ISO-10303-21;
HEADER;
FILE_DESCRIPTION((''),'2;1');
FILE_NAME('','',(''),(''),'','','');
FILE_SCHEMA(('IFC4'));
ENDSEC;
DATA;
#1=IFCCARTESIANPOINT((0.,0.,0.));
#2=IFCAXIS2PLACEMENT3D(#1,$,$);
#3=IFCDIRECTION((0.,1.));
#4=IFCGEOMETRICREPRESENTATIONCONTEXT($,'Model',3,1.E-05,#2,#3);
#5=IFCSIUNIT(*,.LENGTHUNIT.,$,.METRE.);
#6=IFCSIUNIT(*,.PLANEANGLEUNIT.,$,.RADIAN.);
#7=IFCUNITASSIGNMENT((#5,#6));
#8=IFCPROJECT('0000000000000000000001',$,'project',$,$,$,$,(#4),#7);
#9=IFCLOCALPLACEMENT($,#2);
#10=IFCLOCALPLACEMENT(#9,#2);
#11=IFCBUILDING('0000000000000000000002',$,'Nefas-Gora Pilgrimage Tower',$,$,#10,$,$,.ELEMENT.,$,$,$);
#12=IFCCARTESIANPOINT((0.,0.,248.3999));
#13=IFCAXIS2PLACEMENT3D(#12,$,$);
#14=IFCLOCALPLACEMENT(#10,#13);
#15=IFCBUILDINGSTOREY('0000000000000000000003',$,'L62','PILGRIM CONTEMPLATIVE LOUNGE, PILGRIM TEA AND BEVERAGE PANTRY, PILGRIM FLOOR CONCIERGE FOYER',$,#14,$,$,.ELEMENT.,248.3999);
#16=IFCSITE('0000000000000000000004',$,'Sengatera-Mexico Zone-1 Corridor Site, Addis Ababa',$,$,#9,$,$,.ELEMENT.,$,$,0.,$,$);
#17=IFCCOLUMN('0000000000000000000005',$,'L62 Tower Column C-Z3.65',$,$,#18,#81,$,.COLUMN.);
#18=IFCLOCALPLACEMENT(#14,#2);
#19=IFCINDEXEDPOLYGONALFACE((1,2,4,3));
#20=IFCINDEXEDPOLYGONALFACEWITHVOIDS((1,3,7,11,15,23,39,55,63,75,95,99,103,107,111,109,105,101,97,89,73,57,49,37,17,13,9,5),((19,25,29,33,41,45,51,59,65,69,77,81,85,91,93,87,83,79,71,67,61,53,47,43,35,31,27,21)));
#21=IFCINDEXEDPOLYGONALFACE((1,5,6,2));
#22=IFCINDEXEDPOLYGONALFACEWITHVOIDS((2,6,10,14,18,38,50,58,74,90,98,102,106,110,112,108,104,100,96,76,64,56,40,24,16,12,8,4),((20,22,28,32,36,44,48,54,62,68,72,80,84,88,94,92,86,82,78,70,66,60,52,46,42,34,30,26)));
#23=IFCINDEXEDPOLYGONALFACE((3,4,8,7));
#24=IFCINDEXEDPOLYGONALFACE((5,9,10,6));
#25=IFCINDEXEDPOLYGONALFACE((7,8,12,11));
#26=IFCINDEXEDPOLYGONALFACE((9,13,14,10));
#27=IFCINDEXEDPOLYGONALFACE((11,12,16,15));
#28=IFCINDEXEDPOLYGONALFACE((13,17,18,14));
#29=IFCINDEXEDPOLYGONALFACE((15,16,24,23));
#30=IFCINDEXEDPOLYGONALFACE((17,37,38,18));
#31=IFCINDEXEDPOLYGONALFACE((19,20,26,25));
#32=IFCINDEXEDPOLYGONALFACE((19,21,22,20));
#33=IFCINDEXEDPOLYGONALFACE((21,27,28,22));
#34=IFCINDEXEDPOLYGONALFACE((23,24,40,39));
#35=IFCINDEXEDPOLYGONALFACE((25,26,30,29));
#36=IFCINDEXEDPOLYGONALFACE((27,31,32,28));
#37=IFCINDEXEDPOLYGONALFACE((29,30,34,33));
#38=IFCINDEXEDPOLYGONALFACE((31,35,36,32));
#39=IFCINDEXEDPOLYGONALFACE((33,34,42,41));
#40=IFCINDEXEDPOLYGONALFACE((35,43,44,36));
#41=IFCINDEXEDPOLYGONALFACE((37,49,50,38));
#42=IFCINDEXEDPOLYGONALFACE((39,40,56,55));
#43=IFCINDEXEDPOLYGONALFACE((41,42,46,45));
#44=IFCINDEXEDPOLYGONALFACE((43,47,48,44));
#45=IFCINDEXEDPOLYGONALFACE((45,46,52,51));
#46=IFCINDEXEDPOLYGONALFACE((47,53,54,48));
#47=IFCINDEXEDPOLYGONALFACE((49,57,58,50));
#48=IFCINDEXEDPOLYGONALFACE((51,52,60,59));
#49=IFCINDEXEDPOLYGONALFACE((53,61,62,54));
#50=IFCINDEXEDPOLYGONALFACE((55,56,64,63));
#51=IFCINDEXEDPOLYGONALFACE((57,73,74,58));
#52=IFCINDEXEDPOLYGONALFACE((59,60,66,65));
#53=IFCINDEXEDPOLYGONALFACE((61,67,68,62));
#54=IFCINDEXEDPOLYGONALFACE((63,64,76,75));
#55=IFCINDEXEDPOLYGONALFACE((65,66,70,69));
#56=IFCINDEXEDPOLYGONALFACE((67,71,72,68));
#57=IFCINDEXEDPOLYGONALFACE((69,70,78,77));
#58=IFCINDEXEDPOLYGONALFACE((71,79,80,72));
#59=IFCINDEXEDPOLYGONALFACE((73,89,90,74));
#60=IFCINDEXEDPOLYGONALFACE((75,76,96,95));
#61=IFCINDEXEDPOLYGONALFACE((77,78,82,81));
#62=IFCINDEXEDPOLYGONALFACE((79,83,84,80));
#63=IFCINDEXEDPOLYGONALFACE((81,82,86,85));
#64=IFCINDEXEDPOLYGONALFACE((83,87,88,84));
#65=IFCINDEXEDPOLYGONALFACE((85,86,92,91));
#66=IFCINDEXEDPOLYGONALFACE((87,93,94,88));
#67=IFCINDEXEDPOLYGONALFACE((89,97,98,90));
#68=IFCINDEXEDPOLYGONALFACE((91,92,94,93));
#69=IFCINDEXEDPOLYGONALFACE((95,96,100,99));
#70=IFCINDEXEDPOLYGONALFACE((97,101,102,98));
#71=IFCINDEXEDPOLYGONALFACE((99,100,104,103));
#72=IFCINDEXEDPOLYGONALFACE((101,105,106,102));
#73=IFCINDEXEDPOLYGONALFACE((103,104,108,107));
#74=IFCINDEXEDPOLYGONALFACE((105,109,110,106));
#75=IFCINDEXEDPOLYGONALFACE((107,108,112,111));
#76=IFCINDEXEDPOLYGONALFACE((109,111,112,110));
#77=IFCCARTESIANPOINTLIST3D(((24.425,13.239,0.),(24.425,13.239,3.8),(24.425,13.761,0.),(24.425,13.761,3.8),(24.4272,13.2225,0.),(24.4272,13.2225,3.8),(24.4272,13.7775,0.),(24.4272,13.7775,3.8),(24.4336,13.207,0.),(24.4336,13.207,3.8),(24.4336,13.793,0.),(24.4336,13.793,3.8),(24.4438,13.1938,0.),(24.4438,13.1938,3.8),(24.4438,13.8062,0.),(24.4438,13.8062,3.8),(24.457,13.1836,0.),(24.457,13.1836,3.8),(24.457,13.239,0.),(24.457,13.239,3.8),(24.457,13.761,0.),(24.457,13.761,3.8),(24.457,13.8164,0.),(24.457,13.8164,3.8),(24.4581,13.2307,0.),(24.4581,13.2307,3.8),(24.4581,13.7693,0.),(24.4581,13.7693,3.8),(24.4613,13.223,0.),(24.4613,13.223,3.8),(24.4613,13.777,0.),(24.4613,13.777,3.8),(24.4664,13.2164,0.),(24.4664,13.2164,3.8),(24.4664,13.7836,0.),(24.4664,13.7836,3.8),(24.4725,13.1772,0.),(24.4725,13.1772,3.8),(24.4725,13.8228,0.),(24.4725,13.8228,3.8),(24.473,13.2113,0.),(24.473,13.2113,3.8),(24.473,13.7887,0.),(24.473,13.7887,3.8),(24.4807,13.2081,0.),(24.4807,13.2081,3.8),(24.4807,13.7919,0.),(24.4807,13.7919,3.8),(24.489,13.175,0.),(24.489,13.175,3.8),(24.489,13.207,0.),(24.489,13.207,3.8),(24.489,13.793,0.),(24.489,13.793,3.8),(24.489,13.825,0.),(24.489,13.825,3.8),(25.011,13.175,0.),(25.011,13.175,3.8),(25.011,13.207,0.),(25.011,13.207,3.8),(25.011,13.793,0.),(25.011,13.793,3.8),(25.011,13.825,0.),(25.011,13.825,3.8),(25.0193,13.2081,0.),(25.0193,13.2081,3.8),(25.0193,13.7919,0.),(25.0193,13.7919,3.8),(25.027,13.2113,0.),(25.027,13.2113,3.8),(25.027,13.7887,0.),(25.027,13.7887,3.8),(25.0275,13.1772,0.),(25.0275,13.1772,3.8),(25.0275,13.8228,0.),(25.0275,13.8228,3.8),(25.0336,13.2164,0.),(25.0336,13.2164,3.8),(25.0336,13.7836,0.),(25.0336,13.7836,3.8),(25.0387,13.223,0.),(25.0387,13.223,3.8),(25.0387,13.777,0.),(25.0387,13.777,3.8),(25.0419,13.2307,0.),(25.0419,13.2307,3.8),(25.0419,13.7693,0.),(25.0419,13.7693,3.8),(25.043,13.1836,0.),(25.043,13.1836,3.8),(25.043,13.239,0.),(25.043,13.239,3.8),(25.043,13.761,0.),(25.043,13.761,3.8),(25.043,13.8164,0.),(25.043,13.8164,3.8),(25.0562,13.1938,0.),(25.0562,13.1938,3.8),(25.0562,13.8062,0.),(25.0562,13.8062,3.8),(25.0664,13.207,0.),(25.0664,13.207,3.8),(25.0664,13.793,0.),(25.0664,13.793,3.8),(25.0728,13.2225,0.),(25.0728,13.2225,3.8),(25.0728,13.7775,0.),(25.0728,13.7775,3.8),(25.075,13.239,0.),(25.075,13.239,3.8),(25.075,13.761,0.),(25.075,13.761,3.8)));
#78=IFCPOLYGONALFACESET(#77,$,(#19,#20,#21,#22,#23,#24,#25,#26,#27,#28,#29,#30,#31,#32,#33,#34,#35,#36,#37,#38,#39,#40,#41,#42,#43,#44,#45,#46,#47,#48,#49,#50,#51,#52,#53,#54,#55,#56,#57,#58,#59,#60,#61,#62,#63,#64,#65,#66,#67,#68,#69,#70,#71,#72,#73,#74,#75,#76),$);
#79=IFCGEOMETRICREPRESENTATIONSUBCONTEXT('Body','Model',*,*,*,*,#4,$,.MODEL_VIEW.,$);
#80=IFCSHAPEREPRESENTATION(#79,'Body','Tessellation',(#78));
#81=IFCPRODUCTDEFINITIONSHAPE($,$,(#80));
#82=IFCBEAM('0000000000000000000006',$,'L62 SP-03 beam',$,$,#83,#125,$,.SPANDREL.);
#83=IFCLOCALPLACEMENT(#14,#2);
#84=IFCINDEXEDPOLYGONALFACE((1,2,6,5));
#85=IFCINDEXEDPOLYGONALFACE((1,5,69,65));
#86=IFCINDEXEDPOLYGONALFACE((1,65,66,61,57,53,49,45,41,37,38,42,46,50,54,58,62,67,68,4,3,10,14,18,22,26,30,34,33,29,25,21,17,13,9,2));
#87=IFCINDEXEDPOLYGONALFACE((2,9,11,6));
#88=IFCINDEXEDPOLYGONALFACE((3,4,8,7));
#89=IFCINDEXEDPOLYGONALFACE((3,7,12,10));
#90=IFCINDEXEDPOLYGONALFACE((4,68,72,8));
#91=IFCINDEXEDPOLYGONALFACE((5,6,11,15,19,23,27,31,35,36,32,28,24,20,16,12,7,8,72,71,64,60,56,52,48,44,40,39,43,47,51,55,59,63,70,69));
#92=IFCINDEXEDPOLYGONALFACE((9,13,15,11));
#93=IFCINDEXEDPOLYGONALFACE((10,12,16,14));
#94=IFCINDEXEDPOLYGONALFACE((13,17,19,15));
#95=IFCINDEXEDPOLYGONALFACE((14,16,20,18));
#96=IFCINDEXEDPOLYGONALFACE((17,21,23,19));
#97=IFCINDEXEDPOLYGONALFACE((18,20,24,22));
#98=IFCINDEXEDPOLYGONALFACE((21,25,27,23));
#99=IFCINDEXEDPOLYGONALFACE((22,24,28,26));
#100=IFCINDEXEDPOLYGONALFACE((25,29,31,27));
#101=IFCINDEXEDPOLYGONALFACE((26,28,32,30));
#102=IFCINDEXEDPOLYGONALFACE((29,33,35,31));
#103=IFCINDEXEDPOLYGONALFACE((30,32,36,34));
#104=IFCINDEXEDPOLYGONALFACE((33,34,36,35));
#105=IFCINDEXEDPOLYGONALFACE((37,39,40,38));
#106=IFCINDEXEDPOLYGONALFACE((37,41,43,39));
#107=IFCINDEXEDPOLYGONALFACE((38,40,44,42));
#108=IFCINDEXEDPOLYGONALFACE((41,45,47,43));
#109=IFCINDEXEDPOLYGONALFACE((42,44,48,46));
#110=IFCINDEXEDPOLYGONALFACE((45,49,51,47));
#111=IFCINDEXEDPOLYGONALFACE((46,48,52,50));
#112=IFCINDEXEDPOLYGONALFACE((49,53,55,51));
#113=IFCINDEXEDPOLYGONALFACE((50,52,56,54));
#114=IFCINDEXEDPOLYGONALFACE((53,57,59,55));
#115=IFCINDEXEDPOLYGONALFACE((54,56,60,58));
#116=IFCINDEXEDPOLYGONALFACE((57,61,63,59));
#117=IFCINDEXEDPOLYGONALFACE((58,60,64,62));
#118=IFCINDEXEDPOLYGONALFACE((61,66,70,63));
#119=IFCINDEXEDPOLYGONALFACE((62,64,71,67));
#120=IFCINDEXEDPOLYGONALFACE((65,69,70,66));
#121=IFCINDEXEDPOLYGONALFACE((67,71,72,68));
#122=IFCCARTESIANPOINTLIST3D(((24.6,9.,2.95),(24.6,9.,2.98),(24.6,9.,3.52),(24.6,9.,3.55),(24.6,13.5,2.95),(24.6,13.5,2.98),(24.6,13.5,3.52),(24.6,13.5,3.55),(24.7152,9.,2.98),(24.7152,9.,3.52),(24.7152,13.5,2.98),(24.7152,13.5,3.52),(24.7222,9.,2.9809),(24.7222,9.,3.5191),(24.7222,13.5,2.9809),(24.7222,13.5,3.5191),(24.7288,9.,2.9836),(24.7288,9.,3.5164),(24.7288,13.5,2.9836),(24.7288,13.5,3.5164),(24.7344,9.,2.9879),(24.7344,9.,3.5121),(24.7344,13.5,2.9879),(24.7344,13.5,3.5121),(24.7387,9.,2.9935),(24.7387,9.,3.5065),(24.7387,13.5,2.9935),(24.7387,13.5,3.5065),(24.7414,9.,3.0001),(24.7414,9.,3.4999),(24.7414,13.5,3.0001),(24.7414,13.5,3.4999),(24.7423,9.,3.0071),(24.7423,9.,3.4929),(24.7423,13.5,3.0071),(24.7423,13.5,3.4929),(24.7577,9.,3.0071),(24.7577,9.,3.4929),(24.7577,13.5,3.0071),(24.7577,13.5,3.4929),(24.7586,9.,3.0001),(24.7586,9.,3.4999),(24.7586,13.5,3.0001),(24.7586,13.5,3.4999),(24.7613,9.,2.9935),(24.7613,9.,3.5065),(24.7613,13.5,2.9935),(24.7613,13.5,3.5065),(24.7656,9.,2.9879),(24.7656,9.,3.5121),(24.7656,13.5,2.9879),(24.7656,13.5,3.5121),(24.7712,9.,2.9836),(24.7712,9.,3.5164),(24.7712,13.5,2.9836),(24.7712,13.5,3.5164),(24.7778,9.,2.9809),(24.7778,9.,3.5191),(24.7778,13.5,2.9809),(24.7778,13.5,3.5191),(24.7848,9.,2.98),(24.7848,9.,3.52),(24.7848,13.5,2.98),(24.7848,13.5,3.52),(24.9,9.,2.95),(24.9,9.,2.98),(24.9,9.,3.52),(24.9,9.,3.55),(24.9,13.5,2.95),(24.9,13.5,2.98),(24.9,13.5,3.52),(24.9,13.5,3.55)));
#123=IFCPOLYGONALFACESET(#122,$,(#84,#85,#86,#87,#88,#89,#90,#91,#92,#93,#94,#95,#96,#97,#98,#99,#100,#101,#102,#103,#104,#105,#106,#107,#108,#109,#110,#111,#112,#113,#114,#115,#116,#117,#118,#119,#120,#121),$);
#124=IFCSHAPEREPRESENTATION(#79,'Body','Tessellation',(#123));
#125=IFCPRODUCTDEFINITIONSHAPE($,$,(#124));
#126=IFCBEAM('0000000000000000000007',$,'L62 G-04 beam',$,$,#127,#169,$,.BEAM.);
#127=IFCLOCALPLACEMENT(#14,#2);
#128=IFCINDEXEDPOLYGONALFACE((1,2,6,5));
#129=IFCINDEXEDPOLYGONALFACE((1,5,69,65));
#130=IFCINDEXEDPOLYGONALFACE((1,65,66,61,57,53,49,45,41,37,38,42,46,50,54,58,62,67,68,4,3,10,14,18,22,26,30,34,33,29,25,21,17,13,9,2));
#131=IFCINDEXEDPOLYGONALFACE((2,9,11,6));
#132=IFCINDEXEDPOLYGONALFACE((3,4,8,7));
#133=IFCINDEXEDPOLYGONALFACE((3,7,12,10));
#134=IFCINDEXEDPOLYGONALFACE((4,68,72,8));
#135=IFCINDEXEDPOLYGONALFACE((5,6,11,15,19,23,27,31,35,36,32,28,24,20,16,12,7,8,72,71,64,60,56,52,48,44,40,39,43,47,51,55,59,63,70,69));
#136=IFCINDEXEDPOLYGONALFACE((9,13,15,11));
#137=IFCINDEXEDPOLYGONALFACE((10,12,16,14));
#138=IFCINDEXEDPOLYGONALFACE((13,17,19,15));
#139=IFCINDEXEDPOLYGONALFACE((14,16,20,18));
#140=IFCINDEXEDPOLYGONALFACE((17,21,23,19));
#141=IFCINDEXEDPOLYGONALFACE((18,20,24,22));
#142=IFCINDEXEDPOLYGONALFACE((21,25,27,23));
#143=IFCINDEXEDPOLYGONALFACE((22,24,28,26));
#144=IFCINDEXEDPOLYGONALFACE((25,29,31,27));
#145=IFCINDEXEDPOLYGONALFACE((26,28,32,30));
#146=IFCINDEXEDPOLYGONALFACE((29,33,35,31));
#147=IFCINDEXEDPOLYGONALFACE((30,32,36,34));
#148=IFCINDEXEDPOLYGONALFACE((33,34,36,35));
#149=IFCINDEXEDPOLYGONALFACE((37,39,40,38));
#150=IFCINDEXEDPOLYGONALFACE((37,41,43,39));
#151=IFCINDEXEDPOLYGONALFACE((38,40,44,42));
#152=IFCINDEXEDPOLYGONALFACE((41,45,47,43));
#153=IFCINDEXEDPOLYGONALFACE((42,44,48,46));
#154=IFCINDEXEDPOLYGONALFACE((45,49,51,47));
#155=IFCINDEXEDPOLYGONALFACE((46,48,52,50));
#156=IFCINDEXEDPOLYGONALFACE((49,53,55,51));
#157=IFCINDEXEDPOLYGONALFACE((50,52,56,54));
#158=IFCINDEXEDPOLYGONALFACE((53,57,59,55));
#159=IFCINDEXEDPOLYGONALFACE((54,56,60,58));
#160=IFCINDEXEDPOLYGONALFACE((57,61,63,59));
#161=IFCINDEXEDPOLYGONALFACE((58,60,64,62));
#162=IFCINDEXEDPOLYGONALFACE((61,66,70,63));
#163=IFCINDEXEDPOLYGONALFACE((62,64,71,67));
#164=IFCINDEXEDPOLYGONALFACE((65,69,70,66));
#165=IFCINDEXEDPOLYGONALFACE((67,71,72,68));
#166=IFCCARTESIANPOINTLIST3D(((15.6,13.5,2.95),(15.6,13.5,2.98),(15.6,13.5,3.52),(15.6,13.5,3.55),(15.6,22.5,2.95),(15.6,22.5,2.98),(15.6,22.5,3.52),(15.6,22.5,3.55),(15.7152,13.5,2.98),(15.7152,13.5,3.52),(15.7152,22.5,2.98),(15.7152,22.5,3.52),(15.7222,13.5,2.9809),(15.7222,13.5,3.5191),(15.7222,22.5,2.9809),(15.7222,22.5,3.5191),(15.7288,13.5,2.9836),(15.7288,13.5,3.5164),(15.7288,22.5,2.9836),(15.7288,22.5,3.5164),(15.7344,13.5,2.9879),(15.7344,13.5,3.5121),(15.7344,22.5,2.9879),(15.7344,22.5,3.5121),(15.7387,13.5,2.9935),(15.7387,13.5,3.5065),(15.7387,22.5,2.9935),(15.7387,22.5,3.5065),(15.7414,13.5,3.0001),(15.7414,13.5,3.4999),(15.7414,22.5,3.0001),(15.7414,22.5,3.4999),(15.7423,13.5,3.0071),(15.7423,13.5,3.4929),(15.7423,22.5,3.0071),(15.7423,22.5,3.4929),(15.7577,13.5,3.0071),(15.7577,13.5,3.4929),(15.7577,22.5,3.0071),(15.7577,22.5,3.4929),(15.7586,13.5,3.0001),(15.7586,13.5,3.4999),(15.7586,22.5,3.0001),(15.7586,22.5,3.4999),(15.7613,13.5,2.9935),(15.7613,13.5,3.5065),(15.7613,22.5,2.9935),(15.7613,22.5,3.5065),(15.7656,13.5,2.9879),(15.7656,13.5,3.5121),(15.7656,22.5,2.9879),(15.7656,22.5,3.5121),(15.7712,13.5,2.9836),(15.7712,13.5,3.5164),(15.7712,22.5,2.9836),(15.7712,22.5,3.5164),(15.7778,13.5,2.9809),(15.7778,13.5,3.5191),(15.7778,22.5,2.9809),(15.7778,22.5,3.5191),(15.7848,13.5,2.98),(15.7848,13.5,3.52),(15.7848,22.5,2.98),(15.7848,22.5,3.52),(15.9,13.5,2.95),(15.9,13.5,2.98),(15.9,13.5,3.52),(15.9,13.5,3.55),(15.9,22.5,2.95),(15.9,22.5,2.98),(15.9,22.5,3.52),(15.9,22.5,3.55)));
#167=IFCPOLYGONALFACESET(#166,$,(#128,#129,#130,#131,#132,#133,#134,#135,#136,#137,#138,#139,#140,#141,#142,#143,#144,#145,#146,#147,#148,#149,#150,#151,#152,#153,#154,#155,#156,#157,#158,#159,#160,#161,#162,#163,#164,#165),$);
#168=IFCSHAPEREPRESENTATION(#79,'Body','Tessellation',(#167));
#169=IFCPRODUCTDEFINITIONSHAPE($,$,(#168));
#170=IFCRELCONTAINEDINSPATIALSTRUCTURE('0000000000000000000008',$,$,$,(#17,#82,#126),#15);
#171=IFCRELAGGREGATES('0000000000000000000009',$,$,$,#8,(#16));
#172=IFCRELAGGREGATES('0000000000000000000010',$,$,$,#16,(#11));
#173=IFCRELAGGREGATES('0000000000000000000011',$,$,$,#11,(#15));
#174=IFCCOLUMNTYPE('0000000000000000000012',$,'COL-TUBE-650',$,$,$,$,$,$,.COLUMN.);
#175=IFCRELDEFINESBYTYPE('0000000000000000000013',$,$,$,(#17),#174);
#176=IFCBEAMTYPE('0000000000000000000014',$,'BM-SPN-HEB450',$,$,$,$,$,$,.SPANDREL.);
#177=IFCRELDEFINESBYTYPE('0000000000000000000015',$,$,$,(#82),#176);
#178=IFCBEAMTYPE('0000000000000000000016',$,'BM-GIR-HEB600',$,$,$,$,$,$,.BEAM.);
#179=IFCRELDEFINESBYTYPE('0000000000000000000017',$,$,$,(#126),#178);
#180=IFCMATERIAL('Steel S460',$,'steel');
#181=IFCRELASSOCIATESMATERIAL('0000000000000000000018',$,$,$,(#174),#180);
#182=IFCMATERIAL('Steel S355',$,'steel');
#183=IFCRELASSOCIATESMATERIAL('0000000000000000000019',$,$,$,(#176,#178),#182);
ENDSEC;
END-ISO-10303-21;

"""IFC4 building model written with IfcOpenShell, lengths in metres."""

from ifc_helpers import new_model, si_unit, direction, frame, origin, origin_2d, place, context, subcontext, project, spatial, hollow_rectangle, i_section, extrude, source, transform, mapped, material, material_profile, profile_set, type_object, element, save


model = new_model("IFC4")

# Units and contexts
model_context = context("Model", 3, precision=1e-05, world=origin(), true_north=direction((0.0, 1.0)))
body_context = subcontext(model_context, "Body", "Model", "MODEL_VIEW")
ifc_project = project(units=[si_unit("LENGTHUNIT", "METRE"), si_unit("PLANEANGLEUNIT", "RADIAN")], contexts=[model_context])

# Site, building, storey
site_placement = place(None, origin())
site = spatial("IfcSite", under=ifc_project, at=site_placement, Name="Sengatera-Mexico Zone-1 Corridor Site, Addis Ababa", CompositionType="ELEMENT", RefElevation=0.0)
building_placement = place(site_placement, origin())
building = spatial("IfcBuilding", under=site, at=building_placement, Name="Nefas-Gora Pilgrimage Tower", CompositionType="ELEMENT")
storey_placement = place(building_placement, frame((0.0, 0.0, 248.3999)))
storey = spatial("IfcBuildingStorey", under=building, at=storey_placement, Name="L62", Description="PILGRIM CONTEMPLATIVE LOUNGE, PILGRIM TEA AND BEVERAGE PANTRY, PILGRIM FLOOR CONCIERGE FOYER", CompositionType="ELEMENT", Elevation=248.3999)

# Column
ifc_material_1 = material(Name="Steel S460", Category="steel")
ifc_material_profile_1 = material_profile(ifc_material_1, hollow_rectangle(XDim=0.6499, YDim=0.6499, WallThickness=0.032, InnerFilletRadius=0.032, OuterFilletRadius=0.064, at=origin_2d()), Name="BOX 650x650x32")
ifc_profile_set_1 = profile_set([ifc_material_profile_1], Name="Steel S460")
column_type_1 = type_object("IfcColumnType", Name="COL-TUBE-650", PredefinedType="COLUMN", material=ifc_profile_set_1)
shared_shape_1 = source(origin(), body_context, "Body", "SweptSolid", [
    extrude(hollow_rectangle(XDim=0.6499, YDim=0.6499, WallThickness=0.032, InnerFilletRadius=0.032, OuterFilletRadius=0.064, at=origin_2d()), origin(), (0.0, 0.0, 1.0), 3.8),
])
for number, where, z_axis, x_axis, name in (
    (1, (24.75, 13.5, 0.0), (0.0, 0.0, 1.0), (1.0, 0.0, 0.0), "L62 Tower Column C-Z3.65"),
):
    element("IfcColumn", number, at=place(storey_placement, frame(where, z_axis=z_axis, x_axis=x_axis)), inside=storey, type_object=column_type_1, Name=name, PredefinedType="COLUMN", context=body_context, shape_type="MappedRepresentation", body=[
        mapped(shared_shape_1, transform((0.0, 0.0, 0.0), x_axis=(1.0, 0.0, 0.0), y_axis=(0.0, 1.0, 0.0), z_axis=(0.0, 0.0, 1.0), scale=1.0)),
    ])

# Beams
ifc_material_2 = material(Name="Steel S355", Category="steel")
ifc_material_profile_2 = material_profile(ifc_material_2, i_section(OverallWidth=0.3, OverallDepth=0.6001, WebThickness=0.0154, FlangeThickness=0.03, FilletRadius=0.0271, at=origin_2d()), Name="HEB 600")
ifc_profile_set_2 = profile_set([ifc_material_profile_2], Name="Steel S355")
beam_type_1 = type_object("IfcBeamType", Name="BM-SPN-HEB450", PredefinedType="SPANDREL", material=ifc_profile_set_2)
shared_shape_2 = source(origin(), body_context, "Body", "SweptSolid", [
    extrude(i_section(OverallWidth=0.3, OverallDepth=0.6001, WebThickness=0.0154, FlangeThickness=0.03, FilletRadius=0.0271, at=origin_2d()), origin(), (0.0, 0.0, 1.0), 4.5),
])
beam_1_placement = place(storey_placement, frame((24.75, 9.0, 3.25), z_axis=(0.0, 1.0, 0.0), x_axis=(-1.0, 0.0, 0.0)))
element("IfcBeam", 2, at=beam_1_placement, inside=storey, type_object=beam_type_1, Name="L62 SP-03 beam", PredefinedType="SPANDREL", context=body_context, shape_type="MappedRepresentation", body=[
    mapped(shared_shape_2, transform((0.0, 0.0, 0.0), x_axis=(1.0, 0.0, 0.0), y_axis=(0.0, 1.0, 0.0), z_axis=(0.0, 0.0, 1.0), scale=1.0)),
])
ifc_material_profile_3 = material_profile(ifc_material_2, i_section(OverallWidth=0.3, OverallDepth=0.6001, WebThickness=0.0154, FlangeThickness=0.03, FilletRadius=0.0271, at=origin_2d()), Name="HEB 600")
ifc_profile_set_3 = profile_set([ifc_material_profile_3], Name="Steel S355")
beam_type_2 = type_object("IfcBeamType", Name="BM-GIR-HEB600", PredefinedType="BEAM", material=ifc_profile_set_3)
shared_shape_3 = source(origin(), body_context, "Body", "SweptSolid", [
    extrude(i_section(OverallWidth=0.3, OverallDepth=0.6001, WebThickness=0.0154, FlangeThickness=0.03, FilletRadius=0.0271, at=origin_2d()), origin(), (0.0, 0.0, 1.0), 9.0),
])
beam_2_placement = place(storey_placement, frame((15.75, 13.5, 3.25), z_axis=(0.0, 1.0, 0.0), x_axis=(-1.0, 0.0, 0.0)))
element("IfcBeam", 3, at=beam_2_placement, inside=storey, type_object=beam_type_2, Name="L62 G-04 beam", PredefinedType="BEAM", context=body_context, shape_type="MappedRepresentation", body=[
    mapped(shared_shape_3, transform((0.0, 0.0, 0.0), x_axis=(1.0, 0.0, 0.0), y_axis=(0.0, 1.0, 0.0), z_axis=(0.0, 0.0, 1.0), scale=1.0)),
])

save(model, "model.ifc")
